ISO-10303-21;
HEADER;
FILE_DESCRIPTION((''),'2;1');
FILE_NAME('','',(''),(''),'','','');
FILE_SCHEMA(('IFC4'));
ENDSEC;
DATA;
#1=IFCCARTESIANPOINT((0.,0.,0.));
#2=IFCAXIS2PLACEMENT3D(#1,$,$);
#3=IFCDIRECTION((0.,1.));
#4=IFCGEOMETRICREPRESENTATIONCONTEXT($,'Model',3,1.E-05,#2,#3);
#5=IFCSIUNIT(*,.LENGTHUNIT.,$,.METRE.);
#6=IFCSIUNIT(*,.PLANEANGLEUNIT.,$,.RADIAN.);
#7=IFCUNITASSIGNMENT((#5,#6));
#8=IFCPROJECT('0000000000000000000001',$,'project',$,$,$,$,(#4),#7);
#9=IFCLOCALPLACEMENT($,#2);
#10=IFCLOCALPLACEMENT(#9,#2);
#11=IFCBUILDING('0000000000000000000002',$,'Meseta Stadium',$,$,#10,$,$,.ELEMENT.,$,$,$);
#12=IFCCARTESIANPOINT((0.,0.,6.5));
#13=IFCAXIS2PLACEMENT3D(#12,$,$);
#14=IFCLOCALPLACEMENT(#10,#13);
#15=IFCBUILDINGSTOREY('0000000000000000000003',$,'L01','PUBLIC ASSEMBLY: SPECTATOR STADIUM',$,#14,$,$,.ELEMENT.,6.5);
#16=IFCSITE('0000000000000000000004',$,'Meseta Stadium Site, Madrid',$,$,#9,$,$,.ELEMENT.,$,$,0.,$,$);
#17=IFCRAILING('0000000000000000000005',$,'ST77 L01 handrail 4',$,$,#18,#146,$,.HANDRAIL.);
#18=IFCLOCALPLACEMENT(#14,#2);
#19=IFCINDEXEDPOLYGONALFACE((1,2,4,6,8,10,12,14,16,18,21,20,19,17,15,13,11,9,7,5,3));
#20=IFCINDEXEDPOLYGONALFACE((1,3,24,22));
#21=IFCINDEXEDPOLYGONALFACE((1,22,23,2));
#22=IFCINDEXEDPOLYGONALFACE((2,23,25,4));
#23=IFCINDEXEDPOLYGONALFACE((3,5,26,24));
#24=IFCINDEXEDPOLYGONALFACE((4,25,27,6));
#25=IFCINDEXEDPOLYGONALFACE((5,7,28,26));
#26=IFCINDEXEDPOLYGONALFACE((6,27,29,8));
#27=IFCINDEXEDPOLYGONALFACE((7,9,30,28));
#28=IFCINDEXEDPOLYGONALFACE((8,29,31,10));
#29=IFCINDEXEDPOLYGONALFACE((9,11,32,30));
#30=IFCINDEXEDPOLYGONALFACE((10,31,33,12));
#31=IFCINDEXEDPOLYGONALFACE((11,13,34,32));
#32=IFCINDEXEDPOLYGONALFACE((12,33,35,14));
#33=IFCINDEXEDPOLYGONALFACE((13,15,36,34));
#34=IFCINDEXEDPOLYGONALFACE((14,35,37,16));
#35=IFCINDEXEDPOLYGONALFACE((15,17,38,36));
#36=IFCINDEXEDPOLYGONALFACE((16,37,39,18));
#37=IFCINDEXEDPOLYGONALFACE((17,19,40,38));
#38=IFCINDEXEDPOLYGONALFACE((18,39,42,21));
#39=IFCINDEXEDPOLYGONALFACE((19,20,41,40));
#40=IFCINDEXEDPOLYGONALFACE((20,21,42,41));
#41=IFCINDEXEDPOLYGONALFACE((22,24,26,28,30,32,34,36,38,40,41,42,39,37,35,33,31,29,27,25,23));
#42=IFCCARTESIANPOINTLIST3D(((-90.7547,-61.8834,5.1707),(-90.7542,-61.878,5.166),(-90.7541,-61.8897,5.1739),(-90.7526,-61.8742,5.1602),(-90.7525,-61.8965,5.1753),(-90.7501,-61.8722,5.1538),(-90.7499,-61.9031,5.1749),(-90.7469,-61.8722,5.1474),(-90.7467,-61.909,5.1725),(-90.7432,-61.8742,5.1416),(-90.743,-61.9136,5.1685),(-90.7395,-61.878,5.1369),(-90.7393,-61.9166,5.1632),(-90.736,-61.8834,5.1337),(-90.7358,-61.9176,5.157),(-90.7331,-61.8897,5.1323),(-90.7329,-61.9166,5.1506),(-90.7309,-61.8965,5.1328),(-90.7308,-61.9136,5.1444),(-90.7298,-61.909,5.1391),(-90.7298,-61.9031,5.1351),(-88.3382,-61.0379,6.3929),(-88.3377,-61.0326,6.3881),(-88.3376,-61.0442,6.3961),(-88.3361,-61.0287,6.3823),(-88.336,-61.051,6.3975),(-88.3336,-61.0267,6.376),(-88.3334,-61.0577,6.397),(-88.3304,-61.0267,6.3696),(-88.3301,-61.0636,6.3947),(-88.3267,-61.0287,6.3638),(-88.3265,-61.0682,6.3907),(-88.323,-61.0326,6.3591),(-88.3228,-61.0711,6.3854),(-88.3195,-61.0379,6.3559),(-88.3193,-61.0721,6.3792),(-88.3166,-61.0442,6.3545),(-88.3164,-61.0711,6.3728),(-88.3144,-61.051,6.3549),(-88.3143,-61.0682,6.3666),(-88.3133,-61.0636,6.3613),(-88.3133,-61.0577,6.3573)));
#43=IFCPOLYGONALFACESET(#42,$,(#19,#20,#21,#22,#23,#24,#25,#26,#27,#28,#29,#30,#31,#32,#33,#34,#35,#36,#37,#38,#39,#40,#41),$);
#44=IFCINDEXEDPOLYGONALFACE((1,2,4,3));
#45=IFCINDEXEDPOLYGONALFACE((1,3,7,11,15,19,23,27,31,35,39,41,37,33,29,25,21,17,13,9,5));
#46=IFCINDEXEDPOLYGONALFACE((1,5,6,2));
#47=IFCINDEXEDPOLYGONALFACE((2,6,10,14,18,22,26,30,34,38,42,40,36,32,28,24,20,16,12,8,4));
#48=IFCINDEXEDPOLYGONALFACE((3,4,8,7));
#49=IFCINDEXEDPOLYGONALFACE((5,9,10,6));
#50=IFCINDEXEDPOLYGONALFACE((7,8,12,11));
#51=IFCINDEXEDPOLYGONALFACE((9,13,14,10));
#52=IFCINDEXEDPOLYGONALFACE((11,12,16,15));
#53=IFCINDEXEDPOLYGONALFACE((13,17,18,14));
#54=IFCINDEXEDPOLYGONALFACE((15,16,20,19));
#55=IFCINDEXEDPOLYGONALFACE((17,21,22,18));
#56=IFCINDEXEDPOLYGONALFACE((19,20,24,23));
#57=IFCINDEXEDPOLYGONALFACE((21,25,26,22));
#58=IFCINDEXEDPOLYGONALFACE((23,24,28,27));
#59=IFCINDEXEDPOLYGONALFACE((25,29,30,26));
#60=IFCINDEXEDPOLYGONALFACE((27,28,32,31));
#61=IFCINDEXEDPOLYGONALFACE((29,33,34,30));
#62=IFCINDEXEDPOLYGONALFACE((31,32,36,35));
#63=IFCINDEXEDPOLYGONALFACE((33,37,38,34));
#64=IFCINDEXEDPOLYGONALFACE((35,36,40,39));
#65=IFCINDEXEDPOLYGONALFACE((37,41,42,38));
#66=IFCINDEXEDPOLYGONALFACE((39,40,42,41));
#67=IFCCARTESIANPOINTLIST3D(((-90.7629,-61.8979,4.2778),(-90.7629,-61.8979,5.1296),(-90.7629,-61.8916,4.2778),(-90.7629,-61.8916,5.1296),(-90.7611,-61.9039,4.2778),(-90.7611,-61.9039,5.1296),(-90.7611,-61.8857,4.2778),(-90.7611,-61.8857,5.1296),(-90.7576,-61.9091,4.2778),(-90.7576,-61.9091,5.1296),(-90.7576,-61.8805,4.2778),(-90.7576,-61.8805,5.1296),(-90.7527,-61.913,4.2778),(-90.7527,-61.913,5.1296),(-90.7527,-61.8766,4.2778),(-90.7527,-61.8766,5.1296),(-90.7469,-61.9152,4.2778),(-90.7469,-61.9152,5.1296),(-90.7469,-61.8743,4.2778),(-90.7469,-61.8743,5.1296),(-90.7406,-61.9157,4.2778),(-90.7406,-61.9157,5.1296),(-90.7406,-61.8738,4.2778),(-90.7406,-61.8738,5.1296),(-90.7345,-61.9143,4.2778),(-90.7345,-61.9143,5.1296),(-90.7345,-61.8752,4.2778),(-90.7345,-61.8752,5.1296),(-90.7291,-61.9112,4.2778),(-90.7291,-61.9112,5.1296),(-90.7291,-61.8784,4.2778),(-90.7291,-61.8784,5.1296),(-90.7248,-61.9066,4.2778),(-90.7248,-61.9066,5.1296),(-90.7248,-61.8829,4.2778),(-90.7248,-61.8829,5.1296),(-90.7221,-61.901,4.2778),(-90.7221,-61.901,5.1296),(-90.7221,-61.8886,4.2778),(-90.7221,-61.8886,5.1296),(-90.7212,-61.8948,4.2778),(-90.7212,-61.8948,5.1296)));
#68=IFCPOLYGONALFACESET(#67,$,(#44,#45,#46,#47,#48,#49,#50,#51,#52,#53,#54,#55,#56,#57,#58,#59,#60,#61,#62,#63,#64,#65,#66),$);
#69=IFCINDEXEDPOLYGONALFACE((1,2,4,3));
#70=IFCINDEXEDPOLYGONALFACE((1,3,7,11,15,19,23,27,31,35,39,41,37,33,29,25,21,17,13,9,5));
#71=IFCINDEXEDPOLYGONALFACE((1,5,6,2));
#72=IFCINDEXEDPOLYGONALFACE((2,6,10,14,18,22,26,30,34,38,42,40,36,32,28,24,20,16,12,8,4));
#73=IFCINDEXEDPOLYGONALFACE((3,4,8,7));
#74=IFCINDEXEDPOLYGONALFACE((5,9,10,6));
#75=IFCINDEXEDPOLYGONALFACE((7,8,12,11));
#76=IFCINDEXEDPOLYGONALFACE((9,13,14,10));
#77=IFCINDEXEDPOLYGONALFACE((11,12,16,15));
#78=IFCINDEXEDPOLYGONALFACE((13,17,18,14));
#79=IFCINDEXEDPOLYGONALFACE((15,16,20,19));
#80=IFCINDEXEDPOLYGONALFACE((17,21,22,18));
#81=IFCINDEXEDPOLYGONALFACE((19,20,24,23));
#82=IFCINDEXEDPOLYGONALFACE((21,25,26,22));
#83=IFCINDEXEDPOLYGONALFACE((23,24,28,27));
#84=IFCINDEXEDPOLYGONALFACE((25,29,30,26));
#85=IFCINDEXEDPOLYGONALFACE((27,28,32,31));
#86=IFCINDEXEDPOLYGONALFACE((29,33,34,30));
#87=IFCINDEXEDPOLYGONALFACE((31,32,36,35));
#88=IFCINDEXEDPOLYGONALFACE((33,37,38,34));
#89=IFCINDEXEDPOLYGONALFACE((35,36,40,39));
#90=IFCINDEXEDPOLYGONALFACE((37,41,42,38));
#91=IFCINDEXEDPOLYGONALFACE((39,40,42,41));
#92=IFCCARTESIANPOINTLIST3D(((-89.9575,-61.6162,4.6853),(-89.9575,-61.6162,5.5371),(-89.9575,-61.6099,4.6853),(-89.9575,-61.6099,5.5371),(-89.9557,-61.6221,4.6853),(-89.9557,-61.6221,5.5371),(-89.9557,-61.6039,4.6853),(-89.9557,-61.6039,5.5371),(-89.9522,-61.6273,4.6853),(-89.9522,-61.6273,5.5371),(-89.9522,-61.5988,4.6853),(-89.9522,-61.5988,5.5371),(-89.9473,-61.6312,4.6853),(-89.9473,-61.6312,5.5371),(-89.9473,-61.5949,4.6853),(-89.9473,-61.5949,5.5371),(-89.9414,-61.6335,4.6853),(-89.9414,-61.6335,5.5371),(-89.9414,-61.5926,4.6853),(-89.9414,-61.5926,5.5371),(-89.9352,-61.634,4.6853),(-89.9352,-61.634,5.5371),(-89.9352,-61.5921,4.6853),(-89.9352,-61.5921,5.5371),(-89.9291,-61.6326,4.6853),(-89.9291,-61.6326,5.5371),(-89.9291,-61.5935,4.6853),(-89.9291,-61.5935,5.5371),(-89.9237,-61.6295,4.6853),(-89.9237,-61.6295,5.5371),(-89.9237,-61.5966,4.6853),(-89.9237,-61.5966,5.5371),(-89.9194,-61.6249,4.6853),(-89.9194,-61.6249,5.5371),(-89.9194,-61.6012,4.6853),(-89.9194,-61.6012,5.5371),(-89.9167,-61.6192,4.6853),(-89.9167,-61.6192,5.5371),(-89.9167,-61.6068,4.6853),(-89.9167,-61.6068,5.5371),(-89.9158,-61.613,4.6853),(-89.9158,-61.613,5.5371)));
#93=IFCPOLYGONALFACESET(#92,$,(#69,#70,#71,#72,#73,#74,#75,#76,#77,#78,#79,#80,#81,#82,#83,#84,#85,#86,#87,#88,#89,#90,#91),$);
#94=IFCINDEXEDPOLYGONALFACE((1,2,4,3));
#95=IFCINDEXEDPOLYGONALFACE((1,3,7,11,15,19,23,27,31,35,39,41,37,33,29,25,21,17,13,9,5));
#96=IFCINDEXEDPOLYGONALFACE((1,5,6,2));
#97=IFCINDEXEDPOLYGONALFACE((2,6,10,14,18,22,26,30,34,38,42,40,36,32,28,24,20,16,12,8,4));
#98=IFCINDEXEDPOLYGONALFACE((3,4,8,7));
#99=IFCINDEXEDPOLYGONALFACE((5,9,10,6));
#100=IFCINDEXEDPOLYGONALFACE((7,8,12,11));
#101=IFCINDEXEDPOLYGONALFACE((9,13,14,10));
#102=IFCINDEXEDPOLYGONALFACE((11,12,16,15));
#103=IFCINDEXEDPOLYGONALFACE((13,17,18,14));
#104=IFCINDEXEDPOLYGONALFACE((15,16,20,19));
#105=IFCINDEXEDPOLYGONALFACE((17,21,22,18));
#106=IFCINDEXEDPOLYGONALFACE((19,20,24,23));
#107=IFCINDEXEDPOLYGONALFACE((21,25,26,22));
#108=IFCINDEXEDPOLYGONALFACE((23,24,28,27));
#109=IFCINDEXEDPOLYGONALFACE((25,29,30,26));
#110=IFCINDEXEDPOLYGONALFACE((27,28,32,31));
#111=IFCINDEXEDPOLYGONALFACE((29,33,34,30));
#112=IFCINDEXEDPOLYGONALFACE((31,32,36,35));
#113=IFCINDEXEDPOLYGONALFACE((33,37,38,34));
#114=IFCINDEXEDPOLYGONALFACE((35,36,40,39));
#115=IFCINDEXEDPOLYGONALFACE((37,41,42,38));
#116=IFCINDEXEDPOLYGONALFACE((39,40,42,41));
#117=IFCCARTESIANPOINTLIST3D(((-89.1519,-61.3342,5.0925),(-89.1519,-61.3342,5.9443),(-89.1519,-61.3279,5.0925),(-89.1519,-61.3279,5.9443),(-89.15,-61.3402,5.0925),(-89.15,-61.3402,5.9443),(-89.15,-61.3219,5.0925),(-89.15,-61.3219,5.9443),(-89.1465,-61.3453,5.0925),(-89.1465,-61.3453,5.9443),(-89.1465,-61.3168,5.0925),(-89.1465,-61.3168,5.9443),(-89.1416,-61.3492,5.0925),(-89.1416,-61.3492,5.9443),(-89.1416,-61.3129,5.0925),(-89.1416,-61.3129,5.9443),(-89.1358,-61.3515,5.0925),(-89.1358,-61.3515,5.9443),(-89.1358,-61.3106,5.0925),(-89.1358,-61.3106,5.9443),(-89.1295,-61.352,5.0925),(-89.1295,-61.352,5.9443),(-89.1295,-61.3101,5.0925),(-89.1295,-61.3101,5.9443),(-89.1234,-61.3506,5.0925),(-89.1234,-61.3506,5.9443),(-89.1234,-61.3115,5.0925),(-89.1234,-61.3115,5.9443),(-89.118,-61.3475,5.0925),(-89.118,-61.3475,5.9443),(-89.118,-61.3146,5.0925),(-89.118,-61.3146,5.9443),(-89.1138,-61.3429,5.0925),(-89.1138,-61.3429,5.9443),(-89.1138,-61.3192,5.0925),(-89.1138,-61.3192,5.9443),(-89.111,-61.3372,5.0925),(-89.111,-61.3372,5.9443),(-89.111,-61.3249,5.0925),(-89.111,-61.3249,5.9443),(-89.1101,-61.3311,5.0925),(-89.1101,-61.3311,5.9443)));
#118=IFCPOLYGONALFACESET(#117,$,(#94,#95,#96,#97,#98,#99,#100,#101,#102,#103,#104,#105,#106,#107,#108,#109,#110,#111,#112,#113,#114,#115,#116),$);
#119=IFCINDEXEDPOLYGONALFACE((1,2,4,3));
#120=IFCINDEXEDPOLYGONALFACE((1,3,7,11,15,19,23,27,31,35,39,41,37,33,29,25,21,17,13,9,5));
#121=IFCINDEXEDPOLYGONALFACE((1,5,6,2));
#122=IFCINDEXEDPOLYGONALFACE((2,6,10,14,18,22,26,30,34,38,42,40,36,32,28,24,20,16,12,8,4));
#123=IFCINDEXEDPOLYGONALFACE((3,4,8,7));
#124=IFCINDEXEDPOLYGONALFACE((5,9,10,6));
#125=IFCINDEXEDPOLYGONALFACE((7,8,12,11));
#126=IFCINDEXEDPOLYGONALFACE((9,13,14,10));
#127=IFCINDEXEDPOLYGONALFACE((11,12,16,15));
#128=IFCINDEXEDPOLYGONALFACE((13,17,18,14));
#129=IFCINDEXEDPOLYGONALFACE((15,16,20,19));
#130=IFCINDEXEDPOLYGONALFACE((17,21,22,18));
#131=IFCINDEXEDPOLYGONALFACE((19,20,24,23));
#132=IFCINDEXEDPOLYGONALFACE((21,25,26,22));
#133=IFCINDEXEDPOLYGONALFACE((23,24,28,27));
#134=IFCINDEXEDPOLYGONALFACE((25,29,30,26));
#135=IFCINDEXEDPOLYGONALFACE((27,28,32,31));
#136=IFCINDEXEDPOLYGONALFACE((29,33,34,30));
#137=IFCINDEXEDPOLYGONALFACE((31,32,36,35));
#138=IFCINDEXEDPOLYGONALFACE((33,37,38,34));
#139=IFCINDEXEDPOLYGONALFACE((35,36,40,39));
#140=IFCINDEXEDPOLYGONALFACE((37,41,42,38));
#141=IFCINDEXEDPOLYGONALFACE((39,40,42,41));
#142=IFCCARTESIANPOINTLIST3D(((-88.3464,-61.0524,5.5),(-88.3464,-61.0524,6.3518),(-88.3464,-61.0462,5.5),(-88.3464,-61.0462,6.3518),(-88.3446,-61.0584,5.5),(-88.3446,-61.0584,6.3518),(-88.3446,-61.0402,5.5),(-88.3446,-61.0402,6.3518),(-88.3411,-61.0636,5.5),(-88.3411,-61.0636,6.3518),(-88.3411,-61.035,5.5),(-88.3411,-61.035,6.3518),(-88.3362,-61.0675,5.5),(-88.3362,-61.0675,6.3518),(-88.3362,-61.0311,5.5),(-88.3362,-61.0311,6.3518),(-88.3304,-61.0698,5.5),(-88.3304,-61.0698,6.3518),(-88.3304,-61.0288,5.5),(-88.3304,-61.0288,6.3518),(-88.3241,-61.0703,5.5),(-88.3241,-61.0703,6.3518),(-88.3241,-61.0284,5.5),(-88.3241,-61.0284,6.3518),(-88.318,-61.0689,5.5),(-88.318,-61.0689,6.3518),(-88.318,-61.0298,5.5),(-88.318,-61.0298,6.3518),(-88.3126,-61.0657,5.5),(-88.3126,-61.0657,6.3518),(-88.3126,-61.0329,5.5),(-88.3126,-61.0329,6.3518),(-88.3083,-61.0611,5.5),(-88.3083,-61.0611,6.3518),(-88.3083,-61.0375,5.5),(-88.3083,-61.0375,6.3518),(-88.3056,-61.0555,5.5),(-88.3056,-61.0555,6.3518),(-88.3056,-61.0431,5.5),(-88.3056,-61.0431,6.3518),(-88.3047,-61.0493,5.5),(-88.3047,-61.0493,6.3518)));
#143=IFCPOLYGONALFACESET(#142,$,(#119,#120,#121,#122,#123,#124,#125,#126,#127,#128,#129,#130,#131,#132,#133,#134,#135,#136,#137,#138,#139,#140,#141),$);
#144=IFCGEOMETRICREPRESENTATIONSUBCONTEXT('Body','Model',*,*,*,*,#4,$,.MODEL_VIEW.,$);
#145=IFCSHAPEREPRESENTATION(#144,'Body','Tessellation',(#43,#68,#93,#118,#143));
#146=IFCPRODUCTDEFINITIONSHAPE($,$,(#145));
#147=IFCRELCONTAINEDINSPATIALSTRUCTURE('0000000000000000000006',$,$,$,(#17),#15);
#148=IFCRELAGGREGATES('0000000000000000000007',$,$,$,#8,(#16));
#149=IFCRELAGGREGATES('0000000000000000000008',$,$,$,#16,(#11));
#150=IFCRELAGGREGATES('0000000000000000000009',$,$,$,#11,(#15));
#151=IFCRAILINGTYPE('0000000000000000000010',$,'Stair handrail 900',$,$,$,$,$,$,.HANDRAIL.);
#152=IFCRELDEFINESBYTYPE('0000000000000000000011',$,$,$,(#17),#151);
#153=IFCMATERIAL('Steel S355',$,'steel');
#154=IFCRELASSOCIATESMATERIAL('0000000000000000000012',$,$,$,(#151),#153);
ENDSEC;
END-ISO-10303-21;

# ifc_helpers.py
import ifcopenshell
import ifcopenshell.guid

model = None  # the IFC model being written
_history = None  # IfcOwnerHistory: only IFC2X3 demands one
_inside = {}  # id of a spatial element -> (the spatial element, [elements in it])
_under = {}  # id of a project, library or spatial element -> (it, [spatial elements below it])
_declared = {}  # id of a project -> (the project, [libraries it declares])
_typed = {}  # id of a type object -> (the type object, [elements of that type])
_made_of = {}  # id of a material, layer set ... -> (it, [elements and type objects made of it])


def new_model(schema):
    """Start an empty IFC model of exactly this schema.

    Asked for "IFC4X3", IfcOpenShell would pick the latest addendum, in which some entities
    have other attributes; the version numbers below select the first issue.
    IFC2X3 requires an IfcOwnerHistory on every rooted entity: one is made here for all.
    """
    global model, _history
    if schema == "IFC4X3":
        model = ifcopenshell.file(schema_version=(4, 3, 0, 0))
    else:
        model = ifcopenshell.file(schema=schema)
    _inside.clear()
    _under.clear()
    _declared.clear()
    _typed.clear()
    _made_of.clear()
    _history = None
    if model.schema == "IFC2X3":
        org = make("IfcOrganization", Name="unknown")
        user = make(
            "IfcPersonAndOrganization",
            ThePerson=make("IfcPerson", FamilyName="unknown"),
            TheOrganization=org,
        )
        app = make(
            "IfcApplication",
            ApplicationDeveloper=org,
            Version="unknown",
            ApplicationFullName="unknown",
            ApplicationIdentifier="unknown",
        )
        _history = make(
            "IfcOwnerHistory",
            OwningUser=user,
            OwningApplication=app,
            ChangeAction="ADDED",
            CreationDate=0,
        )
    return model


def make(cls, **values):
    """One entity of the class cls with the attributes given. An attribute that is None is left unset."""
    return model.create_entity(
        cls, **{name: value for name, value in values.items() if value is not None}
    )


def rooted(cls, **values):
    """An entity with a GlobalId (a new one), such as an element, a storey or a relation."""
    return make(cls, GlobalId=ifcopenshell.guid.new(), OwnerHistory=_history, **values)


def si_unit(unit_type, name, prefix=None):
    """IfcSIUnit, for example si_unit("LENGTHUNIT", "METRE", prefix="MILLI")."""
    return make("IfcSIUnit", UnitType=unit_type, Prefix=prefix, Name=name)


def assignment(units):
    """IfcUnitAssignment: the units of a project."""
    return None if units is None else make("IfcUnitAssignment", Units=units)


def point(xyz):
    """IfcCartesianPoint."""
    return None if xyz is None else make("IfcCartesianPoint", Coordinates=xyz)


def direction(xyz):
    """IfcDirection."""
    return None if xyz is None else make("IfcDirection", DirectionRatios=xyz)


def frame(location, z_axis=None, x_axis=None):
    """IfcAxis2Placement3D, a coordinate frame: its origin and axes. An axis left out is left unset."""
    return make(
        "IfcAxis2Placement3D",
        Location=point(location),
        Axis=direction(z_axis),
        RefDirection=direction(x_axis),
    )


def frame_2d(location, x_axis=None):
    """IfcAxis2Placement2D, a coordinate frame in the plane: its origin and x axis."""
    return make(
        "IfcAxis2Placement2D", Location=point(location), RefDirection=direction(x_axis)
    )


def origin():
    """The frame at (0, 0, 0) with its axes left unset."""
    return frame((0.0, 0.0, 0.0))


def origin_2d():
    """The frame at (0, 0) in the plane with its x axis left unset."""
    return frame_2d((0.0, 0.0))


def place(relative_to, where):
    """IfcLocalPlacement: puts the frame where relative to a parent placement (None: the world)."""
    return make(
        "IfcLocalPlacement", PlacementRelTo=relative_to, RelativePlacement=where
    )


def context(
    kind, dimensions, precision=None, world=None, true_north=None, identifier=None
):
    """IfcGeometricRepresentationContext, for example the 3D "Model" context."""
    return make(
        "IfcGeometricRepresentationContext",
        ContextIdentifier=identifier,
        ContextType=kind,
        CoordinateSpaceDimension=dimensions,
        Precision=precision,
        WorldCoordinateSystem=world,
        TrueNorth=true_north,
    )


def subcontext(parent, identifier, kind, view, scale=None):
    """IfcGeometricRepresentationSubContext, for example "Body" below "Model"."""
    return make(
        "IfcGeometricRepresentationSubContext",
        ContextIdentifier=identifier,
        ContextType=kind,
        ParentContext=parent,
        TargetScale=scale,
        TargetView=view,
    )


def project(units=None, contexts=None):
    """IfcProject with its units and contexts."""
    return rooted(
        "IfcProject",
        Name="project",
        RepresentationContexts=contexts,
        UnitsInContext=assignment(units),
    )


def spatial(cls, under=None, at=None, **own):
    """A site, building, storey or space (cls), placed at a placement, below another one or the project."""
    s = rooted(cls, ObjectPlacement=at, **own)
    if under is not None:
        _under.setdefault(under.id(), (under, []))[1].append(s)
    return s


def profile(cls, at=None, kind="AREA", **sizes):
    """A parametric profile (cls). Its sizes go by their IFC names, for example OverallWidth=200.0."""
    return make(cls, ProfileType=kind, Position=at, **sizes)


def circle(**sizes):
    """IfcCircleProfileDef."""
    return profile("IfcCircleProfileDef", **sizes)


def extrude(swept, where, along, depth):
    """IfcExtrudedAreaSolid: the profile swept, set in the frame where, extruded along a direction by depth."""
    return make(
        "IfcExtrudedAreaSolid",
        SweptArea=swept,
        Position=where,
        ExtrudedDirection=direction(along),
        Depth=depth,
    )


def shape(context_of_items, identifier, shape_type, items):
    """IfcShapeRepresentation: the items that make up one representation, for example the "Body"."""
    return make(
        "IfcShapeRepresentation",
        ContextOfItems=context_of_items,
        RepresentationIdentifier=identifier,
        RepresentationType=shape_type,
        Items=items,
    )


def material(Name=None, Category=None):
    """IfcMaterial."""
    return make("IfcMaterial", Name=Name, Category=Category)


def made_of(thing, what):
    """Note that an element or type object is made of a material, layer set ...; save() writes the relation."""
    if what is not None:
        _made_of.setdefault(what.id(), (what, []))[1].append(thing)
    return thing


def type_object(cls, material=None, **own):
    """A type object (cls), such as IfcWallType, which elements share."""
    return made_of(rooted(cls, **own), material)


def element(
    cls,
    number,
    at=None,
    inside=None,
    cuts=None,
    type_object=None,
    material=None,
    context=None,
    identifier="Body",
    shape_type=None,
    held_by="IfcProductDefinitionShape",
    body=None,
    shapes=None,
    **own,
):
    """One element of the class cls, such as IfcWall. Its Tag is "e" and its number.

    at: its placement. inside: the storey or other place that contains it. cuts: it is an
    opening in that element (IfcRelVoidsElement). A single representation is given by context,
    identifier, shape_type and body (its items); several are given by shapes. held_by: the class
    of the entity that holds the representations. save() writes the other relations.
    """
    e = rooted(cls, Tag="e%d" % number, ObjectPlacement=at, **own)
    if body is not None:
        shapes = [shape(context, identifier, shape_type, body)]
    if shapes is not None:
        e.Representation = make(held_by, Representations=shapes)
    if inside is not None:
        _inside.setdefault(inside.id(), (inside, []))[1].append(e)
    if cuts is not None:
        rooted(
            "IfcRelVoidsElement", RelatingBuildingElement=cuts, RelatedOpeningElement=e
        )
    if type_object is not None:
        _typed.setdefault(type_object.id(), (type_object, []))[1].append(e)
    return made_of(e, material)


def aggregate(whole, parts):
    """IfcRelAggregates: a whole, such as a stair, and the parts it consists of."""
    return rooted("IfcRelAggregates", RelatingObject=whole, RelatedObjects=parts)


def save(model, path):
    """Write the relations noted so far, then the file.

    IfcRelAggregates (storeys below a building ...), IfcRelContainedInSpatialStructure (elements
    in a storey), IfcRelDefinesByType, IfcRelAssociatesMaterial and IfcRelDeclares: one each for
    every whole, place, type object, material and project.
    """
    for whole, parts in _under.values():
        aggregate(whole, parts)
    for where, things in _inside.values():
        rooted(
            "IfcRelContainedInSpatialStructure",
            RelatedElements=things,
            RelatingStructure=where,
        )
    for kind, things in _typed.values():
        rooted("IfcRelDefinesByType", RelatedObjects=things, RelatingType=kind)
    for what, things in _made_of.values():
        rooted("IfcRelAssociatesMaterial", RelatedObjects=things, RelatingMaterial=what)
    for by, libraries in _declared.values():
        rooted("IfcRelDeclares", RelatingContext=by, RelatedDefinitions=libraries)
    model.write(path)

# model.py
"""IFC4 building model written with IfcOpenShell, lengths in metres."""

from ifc_helpers import new_model, si_unit, direction, frame, origin, origin_2d, place, context, subcontext, project, spatial, circle, extrude, material, type_object, element, save


model = new_model("IFC4")

# Units and contexts
model_context = context("Model", 3, precision=1e-05, world=origin(), true_north=direction((0.0, 1.0)))
body_context = subcontext(model_context, "Body", "Model", "MODEL_VIEW")
ifc_project = project(units=[si_unit("LENGTHUNIT", "METRE"), si_unit("PLANEANGLEUNIT", "RADIAN")], contexts=[model_context])

# Site, building, storey
site_placement = place(None, origin())
site = spatial("IfcSite", under=ifc_project, at=site_placement, Name="Meseta Stadium Site, Madrid", CompositionType="ELEMENT", RefElevation=0.0)
building_placement = place(site_placement, origin())
building = spatial("IfcBuilding", under=site, at=building_placement, Name="Meseta Stadium", CompositionType="ELEMENT")
storey_placement = place(building_placement, frame((0.0, 0.0, 6.5)))
storey = spatial("IfcBuildingStorey", under=building, at=storey_placement, Name="L01", Description="PUBLIC ASSEMBLY: SPECTATOR STADIUM", CompositionType="ELEMENT", Elevation=6.5)

# Railing
ifc_material_1 = material(Name="Steel S355", Category="steel")
railing_type_1 = type_object("IfcRailingType", Name="Stair handrail 900", PredefinedType="HANDRAIL", material=ifc_material_1)
railing_1_placement = place(storey_placement, frame((-90.7422, -61.8948, 4.2778)))
element("IfcRailing", 1, at=railing_1_placement, inside=storey, type_object=railing_type_1, Name="ST77 L01 handrail 4", PredefinedType="HANDRAIL", context=body_context, shape_type="SweptSolid", body=[
    extrude(circle(Radius=0.0239, at=origin_2d()), frame((0.0, 0.0, 0.876), z_axis=(0.851812, 0.298022, 0.430811), x_axis=(-0.33024, 0.943897, 0.0)), (0.0, 0.0, 1.0), 2.8369),
    extrude(circle(Radius=0.021, at=origin_2d()), origin(), (0.0, 0.0, 1.0), 0.8518),
    extrude(circle(Radius=0.021, at=origin_2d()), frame((0.8054, 0.2817, 0.4075)), (0.0, 0.0, 1.0), 0.8518),
    extrude(circle(Radius=0.021, at=origin_2d()), frame((1.6111, 0.5637, 0.8147)), (0.0, 0.0, 1.0), 0.8518),
    extrude(circle(Radius=0.021, at=origin_2d()), frame((2.4165, 0.8455, 1.2222)), (0.0, 0.0, 1.0), 0.8518),
])

save(model, "model.ifc")
